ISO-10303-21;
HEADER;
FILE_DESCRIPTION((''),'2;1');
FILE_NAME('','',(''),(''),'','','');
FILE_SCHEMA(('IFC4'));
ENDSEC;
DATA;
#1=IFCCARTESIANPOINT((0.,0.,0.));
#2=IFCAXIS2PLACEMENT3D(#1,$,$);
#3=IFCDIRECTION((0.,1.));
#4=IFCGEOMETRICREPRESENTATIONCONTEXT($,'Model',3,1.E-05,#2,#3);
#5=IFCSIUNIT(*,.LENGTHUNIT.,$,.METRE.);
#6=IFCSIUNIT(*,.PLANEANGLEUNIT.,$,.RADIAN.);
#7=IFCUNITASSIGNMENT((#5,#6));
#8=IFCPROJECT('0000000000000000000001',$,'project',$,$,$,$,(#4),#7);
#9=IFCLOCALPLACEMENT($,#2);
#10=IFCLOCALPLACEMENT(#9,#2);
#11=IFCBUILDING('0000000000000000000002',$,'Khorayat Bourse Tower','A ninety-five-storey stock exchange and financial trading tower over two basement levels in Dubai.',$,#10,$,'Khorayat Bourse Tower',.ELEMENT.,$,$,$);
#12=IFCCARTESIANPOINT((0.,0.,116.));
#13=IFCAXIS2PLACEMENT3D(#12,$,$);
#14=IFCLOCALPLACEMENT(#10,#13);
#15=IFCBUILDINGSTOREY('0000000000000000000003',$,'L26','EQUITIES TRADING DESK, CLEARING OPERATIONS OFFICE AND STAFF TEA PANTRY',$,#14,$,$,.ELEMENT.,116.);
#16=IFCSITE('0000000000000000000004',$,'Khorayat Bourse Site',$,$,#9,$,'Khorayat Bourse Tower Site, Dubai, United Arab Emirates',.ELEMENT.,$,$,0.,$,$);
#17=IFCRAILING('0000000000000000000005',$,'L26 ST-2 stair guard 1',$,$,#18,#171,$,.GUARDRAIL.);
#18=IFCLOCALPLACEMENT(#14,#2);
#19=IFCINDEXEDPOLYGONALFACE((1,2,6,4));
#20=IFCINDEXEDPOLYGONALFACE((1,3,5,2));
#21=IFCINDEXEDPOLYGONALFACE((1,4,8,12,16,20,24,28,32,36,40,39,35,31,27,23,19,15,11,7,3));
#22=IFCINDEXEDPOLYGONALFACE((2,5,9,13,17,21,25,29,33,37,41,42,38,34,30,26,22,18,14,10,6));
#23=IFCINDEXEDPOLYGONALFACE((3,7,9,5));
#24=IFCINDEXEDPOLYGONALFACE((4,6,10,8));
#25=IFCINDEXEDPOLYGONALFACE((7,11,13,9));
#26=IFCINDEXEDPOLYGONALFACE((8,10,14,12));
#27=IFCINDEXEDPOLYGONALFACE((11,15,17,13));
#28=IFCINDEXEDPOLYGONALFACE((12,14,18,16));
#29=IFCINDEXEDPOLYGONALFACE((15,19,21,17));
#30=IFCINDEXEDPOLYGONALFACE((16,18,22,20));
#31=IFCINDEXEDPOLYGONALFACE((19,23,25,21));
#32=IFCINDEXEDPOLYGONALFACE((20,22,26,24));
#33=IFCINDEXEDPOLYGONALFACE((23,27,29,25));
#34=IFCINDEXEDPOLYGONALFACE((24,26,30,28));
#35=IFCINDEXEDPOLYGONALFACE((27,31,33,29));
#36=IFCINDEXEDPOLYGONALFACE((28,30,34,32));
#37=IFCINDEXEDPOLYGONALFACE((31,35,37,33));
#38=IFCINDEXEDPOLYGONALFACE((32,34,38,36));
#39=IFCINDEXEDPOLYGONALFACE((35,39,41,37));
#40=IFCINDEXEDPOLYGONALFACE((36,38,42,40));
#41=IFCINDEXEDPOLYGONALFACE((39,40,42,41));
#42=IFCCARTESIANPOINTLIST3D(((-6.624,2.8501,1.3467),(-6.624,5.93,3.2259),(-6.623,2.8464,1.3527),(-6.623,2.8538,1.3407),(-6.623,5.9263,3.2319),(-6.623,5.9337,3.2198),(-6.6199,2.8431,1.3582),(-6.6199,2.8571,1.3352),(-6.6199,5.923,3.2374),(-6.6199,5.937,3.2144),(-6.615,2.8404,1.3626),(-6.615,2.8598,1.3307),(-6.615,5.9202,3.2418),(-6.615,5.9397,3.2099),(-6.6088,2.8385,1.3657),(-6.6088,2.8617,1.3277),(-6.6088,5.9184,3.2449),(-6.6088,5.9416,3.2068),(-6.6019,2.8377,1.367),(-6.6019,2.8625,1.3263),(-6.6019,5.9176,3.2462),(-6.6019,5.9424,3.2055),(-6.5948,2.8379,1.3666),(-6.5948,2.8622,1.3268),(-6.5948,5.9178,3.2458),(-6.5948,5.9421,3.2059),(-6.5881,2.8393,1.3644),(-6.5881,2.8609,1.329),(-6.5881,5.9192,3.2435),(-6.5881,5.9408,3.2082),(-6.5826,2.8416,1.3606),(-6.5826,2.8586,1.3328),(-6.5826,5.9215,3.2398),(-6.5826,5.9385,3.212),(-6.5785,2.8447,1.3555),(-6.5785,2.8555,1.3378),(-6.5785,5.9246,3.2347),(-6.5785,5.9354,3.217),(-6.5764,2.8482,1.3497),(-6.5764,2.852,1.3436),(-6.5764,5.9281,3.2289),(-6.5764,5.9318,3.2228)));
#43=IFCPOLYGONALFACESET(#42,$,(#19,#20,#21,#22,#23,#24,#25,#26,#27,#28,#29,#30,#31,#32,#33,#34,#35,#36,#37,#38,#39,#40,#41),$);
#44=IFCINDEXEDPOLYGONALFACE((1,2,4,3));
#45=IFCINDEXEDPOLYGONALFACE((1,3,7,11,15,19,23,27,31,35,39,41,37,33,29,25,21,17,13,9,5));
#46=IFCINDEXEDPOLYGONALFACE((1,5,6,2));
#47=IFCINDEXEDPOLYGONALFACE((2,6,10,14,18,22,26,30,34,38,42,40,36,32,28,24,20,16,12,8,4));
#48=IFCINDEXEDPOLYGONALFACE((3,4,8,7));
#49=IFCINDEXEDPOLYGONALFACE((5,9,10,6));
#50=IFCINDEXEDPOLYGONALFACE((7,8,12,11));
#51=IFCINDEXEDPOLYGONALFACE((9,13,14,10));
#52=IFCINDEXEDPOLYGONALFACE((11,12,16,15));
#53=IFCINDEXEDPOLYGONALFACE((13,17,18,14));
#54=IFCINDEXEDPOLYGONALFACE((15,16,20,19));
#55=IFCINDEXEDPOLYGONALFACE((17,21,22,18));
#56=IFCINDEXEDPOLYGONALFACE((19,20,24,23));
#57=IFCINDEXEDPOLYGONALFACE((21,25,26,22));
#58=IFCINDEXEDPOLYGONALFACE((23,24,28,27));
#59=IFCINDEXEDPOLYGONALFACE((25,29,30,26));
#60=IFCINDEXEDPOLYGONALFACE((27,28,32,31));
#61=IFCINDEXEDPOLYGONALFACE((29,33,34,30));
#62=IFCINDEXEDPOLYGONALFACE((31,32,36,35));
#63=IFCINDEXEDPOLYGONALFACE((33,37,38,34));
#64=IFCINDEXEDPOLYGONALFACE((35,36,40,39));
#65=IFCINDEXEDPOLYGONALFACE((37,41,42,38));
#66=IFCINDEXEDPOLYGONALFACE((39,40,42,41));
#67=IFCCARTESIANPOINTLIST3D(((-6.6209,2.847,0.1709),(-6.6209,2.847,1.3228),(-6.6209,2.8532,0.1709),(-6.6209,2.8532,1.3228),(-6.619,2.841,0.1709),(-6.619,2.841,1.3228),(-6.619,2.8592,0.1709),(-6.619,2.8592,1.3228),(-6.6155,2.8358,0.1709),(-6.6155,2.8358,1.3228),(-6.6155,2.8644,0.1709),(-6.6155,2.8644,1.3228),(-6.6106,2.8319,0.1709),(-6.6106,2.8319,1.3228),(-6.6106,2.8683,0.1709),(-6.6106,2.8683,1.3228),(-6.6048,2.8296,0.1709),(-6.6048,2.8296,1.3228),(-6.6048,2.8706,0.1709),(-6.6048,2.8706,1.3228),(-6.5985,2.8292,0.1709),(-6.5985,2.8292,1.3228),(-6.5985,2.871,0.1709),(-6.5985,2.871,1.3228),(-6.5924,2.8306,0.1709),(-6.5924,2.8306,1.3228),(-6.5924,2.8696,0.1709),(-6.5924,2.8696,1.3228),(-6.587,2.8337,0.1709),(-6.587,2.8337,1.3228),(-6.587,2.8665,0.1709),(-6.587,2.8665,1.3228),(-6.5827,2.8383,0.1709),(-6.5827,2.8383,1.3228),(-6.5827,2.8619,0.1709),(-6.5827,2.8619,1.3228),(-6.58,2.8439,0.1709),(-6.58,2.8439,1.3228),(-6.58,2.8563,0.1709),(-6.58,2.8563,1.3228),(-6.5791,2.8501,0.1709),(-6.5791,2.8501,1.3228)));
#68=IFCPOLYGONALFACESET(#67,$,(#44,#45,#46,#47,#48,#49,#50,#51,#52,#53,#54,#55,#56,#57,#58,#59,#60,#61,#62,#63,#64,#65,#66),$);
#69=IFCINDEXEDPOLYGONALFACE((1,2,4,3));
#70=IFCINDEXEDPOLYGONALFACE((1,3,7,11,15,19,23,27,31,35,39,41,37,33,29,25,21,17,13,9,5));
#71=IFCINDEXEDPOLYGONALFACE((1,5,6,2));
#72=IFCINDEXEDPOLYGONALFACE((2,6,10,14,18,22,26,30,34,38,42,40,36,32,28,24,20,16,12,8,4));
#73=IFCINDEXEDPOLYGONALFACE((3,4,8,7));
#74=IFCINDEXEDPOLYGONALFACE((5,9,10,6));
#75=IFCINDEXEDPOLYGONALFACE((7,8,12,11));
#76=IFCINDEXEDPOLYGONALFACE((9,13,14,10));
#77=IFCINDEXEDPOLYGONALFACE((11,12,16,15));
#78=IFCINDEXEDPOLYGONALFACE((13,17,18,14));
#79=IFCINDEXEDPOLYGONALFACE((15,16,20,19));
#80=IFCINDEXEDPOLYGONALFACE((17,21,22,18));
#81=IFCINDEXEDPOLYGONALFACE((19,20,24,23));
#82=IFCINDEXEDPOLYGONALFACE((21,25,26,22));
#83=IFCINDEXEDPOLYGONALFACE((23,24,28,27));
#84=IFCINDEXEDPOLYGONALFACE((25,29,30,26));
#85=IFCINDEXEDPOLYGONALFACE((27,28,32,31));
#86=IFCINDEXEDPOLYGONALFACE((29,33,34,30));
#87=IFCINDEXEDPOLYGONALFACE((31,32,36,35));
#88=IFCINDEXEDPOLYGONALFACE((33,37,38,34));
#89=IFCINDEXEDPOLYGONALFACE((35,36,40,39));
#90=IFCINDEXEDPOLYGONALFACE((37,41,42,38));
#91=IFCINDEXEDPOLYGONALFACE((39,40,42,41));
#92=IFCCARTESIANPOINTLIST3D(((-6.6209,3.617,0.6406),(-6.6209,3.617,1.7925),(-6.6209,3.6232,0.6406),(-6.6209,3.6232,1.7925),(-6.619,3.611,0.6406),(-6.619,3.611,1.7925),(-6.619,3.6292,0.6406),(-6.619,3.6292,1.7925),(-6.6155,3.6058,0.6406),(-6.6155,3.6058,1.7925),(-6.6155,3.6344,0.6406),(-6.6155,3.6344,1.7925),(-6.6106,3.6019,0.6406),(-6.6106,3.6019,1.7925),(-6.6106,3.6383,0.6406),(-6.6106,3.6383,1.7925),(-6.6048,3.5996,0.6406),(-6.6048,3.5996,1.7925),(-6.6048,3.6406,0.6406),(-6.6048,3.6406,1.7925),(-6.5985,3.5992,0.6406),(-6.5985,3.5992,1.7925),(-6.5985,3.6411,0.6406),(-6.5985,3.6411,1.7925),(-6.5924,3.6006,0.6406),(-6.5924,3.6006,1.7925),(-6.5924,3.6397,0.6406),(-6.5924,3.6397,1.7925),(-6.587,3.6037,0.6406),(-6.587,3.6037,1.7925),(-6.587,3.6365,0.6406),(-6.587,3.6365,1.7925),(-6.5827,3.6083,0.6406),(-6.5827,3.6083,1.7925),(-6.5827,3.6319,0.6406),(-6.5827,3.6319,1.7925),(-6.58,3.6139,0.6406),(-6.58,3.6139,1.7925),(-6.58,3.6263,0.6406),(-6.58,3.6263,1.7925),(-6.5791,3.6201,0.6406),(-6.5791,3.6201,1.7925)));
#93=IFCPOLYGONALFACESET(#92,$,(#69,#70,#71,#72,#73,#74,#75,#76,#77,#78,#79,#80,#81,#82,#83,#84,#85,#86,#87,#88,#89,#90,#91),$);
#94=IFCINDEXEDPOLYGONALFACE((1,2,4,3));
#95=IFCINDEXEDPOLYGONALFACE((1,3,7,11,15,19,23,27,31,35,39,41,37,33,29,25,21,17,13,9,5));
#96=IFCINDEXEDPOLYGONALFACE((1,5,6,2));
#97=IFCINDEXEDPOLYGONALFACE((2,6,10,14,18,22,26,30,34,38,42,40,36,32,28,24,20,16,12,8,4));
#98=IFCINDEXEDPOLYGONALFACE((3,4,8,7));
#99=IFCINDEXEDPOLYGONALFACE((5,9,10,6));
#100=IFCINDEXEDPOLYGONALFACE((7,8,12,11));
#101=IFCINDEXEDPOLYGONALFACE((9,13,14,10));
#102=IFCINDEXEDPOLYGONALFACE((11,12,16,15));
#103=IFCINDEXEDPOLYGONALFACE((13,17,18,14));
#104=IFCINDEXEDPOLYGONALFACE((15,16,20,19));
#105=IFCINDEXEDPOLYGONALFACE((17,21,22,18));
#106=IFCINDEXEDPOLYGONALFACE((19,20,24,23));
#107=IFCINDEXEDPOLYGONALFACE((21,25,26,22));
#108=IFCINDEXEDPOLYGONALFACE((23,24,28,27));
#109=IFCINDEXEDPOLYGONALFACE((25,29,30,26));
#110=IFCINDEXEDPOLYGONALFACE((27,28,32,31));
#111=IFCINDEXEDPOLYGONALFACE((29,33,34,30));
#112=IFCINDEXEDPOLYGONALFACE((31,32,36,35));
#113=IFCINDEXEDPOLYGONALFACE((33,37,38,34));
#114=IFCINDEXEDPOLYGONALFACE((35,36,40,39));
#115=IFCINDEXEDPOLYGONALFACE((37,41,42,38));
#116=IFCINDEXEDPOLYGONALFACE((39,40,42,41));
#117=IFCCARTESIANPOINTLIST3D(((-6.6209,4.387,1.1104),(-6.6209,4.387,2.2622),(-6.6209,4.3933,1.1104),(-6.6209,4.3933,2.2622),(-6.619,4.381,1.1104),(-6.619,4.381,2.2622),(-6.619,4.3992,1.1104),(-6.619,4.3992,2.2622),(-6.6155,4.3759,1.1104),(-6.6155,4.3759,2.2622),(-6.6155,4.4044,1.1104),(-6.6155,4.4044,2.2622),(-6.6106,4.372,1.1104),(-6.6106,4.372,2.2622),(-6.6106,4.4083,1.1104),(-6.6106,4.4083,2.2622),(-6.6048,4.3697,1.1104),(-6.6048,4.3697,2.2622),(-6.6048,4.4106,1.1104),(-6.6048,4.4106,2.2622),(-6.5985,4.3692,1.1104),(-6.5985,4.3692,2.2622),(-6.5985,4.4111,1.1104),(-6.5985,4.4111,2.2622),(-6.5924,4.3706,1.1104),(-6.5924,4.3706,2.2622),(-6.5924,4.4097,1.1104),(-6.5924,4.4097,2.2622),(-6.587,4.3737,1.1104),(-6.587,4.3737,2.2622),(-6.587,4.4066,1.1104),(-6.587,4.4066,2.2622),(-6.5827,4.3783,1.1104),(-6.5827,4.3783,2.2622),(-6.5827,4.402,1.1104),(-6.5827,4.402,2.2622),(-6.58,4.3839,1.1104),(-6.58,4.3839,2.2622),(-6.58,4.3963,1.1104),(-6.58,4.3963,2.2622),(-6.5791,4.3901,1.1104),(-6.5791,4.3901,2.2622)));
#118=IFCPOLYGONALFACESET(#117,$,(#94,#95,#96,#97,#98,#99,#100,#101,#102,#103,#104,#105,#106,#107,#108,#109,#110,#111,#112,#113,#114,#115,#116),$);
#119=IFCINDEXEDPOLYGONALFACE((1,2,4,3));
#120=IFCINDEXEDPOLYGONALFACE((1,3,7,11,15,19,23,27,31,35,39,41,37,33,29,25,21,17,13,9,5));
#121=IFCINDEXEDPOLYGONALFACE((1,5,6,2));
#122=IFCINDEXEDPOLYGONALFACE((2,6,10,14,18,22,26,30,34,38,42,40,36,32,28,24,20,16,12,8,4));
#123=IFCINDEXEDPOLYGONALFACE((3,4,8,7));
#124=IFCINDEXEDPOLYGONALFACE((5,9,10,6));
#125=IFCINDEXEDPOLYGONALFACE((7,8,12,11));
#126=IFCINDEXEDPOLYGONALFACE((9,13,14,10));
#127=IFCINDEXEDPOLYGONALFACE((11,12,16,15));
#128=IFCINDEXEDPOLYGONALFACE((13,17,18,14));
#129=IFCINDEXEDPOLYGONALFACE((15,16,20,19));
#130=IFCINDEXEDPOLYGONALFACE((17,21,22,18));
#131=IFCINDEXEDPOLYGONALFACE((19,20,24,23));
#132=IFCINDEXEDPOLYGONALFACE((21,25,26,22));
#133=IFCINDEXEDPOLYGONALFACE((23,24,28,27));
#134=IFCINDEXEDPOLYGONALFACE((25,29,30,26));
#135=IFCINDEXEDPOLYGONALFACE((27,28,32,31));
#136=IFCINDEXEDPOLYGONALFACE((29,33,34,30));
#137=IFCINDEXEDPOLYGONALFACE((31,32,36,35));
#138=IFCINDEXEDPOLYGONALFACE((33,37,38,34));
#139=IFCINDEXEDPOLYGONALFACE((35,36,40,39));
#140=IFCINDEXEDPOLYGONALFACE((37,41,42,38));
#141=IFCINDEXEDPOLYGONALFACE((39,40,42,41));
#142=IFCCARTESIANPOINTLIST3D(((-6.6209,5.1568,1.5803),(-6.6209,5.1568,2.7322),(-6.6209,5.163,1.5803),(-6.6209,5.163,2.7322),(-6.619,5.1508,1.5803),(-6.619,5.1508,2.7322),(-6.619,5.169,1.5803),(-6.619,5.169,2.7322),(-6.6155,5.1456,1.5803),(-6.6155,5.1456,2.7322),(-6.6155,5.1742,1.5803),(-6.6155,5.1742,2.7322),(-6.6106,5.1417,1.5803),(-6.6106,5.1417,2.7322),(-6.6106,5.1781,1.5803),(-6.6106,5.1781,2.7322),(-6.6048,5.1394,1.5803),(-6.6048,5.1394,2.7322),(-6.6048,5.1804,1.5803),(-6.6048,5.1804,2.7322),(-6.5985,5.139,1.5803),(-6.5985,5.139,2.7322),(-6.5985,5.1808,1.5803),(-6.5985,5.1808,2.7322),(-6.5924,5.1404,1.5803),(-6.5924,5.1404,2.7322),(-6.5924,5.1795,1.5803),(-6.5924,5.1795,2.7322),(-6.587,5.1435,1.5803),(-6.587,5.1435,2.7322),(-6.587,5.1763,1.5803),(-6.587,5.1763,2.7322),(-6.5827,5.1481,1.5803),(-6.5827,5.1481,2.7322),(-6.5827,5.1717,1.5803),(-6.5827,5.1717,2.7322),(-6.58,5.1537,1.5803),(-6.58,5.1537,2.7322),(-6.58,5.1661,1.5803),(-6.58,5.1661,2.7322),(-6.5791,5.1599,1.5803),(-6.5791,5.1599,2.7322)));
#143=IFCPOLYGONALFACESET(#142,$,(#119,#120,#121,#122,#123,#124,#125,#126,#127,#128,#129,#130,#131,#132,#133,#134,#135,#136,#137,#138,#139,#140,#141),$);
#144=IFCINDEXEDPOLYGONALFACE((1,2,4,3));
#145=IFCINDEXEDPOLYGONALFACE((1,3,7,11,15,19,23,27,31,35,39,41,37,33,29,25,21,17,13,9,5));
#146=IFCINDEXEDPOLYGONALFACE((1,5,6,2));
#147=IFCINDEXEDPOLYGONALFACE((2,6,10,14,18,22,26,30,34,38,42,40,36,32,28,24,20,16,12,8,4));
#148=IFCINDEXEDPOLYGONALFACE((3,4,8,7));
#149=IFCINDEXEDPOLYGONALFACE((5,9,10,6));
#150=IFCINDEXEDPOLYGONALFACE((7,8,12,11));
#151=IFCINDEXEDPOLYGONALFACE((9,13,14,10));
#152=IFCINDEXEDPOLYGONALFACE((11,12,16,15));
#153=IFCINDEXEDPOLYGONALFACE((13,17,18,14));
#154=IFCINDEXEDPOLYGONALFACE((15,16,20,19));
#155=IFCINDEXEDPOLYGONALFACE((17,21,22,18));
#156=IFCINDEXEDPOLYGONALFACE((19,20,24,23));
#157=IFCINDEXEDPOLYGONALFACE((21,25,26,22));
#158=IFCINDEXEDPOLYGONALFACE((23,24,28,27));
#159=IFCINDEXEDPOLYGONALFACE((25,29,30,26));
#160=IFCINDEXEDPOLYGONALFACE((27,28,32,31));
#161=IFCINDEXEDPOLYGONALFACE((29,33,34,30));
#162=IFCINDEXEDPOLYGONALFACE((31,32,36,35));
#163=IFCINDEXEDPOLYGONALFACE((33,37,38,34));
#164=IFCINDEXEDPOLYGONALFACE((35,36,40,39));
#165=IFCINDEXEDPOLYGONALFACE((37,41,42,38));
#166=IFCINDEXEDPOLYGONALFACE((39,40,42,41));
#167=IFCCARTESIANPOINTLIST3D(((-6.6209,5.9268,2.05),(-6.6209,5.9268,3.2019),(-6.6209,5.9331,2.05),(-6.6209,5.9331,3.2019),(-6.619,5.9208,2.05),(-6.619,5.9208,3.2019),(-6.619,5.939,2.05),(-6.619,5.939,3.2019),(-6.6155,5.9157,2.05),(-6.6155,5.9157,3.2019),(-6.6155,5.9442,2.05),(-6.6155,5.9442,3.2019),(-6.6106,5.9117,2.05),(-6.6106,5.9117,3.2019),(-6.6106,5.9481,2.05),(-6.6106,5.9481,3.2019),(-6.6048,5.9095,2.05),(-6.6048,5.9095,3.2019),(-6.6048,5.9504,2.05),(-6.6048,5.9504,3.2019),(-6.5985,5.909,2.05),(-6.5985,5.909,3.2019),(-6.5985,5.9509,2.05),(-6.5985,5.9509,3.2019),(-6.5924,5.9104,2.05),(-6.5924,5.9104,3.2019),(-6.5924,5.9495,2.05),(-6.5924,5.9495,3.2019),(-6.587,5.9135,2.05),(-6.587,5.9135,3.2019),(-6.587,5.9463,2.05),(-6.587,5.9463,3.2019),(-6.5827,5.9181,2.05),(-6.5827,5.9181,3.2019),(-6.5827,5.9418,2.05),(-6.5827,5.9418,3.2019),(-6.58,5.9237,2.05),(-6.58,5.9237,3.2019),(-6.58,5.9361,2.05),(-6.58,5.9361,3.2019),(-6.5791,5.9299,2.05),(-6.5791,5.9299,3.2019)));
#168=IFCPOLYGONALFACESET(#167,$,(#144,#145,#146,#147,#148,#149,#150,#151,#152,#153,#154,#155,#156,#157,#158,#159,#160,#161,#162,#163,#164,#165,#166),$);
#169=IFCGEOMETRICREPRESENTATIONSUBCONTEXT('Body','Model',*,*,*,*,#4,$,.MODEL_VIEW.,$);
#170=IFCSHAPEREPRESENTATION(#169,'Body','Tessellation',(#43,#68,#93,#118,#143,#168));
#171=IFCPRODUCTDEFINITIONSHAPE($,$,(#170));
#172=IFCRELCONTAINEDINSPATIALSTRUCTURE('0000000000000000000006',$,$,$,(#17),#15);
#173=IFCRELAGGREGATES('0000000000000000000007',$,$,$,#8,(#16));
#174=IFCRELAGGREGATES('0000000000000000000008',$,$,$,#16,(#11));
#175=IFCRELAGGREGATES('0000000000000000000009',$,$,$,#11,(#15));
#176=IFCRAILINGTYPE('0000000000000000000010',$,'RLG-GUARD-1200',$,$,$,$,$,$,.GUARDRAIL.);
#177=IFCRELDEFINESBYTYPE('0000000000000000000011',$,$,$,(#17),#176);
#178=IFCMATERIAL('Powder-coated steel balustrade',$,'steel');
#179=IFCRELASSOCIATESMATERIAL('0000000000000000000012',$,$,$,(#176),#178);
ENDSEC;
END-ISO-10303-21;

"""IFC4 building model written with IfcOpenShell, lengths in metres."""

from ifc_helpers import new_model, si_unit, direction, frame, origin, origin_2d, place, context, subcontext, project, spatial, circle, extrude, source, transform, mapped, material, type_object, element, save


model = new_model("IFC4")

# Units and contexts
model_context = context("Model", 3, precision=1e-05, world=origin(), true_north=direction((0.0, 1.0)))
body_context = subcontext(model_context, "Body", "Model", "MODEL_VIEW")
ifc_project = project(units=[si_unit("LENGTHUNIT", "METRE"), si_unit("PLANEANGLEUNIT", "RADIAN")], contexts=[model_context])

# Site, building, storey
site_placement = place(None, origin())
site = spatial("IfcSite", under=ifc_project, at=site_placement, Name="Khorayat Bourse Site", LongName="Khorayat Bourse Tower Site, Dubai, United Arab Emirates", CompositionType="ELEMENT", RefElevation=0.0)
building_placement = place(site_placement, origin())
building = spatial("IfcBuilding", under=site, at=building_placement, Name="Khorayat Bourse Tower", Description="A ninety-five-storey stock exchange and financial trading tower over two basement levels in Dubai.", LongName="Khorayat Bourse Tower", CompositionType="ELEMENT")
storey_placement = place(building_placement, frame((0.0, 0.0, 116.0)))
storey = spatial("IfcBuildingStorey", under=building, at=storey_placement, Name="L26", Description="EQUITIES TRADING DESK, CLEARING OPERATIONS OFFICE AND STAFF TEA PANTRY", CompositionType="ELEMENT", Elevation=116.0)

# Railing
ifc_material_1 = material(Name="Powder-coated steel balustrade", Category="steel")
railing_type_1 = type_object("IfcRailingType", Name="RLG-GUARD-1200", PredefinedType="GUARDRAIL", material=ifc_material_1)
shared_shape_1 = source(origin(), body_context, "Body", "SweptSolid", [
    extrude(circle(Radius=0.0239, at=origin_2d()), frame((0.0, 0.0, 1.1758), z_axis=(0.0, 0.853648, 0.52085), x_axis=(-1.0, 0.0, 0.0)), (0.0, 0.0, 1.0), 3.6079),
    extrude(circle(Radius=0.021, at=origin_2d()), origin(), (0.0, 0.0, 1.0), 1.1519),
    extrude(circle(Radius=0.021, at=origin_2d()), frame((0.0, 0.77, 0.4697)), (0.0, 0.0, 1.0), 1.1519),
    extrude(circle(Radius=0.021, at=origin_2d()), frame((0.0, 1.54, 0.9395)), (0.0, 0.0, 1.0), 1.1519),
    extrude(circle(Radius=0.021, at=origin_2d()), frame((0.0, 2.3098, 1.4094)), (0.0, 0.0, 1.0), 1.1519),
    extrude(circle(Radius=0.021, at=origin_2d()), frame((0.0, 3.0798, 1.8792)), (0.0, 0.0, 1.0), 1.1519),
])
railing_1_placement = place(storey_placement, frame((-6.6001, 2.8501, 0.1709)))
element("IfcRailing", 1, at=railing_1_placement, inside=storey, type_object=railing_type_1, Name="L26 ST-2 stair guard 1", PredefinedType="GUARDRAIL", context=body_context, shape_type="MappedRepresentation", body=[
    mapped(shared_shape_1, transform((0.0, 0.0, 0.0), scale=1.0)),
])

save(model, "model.ifc")
